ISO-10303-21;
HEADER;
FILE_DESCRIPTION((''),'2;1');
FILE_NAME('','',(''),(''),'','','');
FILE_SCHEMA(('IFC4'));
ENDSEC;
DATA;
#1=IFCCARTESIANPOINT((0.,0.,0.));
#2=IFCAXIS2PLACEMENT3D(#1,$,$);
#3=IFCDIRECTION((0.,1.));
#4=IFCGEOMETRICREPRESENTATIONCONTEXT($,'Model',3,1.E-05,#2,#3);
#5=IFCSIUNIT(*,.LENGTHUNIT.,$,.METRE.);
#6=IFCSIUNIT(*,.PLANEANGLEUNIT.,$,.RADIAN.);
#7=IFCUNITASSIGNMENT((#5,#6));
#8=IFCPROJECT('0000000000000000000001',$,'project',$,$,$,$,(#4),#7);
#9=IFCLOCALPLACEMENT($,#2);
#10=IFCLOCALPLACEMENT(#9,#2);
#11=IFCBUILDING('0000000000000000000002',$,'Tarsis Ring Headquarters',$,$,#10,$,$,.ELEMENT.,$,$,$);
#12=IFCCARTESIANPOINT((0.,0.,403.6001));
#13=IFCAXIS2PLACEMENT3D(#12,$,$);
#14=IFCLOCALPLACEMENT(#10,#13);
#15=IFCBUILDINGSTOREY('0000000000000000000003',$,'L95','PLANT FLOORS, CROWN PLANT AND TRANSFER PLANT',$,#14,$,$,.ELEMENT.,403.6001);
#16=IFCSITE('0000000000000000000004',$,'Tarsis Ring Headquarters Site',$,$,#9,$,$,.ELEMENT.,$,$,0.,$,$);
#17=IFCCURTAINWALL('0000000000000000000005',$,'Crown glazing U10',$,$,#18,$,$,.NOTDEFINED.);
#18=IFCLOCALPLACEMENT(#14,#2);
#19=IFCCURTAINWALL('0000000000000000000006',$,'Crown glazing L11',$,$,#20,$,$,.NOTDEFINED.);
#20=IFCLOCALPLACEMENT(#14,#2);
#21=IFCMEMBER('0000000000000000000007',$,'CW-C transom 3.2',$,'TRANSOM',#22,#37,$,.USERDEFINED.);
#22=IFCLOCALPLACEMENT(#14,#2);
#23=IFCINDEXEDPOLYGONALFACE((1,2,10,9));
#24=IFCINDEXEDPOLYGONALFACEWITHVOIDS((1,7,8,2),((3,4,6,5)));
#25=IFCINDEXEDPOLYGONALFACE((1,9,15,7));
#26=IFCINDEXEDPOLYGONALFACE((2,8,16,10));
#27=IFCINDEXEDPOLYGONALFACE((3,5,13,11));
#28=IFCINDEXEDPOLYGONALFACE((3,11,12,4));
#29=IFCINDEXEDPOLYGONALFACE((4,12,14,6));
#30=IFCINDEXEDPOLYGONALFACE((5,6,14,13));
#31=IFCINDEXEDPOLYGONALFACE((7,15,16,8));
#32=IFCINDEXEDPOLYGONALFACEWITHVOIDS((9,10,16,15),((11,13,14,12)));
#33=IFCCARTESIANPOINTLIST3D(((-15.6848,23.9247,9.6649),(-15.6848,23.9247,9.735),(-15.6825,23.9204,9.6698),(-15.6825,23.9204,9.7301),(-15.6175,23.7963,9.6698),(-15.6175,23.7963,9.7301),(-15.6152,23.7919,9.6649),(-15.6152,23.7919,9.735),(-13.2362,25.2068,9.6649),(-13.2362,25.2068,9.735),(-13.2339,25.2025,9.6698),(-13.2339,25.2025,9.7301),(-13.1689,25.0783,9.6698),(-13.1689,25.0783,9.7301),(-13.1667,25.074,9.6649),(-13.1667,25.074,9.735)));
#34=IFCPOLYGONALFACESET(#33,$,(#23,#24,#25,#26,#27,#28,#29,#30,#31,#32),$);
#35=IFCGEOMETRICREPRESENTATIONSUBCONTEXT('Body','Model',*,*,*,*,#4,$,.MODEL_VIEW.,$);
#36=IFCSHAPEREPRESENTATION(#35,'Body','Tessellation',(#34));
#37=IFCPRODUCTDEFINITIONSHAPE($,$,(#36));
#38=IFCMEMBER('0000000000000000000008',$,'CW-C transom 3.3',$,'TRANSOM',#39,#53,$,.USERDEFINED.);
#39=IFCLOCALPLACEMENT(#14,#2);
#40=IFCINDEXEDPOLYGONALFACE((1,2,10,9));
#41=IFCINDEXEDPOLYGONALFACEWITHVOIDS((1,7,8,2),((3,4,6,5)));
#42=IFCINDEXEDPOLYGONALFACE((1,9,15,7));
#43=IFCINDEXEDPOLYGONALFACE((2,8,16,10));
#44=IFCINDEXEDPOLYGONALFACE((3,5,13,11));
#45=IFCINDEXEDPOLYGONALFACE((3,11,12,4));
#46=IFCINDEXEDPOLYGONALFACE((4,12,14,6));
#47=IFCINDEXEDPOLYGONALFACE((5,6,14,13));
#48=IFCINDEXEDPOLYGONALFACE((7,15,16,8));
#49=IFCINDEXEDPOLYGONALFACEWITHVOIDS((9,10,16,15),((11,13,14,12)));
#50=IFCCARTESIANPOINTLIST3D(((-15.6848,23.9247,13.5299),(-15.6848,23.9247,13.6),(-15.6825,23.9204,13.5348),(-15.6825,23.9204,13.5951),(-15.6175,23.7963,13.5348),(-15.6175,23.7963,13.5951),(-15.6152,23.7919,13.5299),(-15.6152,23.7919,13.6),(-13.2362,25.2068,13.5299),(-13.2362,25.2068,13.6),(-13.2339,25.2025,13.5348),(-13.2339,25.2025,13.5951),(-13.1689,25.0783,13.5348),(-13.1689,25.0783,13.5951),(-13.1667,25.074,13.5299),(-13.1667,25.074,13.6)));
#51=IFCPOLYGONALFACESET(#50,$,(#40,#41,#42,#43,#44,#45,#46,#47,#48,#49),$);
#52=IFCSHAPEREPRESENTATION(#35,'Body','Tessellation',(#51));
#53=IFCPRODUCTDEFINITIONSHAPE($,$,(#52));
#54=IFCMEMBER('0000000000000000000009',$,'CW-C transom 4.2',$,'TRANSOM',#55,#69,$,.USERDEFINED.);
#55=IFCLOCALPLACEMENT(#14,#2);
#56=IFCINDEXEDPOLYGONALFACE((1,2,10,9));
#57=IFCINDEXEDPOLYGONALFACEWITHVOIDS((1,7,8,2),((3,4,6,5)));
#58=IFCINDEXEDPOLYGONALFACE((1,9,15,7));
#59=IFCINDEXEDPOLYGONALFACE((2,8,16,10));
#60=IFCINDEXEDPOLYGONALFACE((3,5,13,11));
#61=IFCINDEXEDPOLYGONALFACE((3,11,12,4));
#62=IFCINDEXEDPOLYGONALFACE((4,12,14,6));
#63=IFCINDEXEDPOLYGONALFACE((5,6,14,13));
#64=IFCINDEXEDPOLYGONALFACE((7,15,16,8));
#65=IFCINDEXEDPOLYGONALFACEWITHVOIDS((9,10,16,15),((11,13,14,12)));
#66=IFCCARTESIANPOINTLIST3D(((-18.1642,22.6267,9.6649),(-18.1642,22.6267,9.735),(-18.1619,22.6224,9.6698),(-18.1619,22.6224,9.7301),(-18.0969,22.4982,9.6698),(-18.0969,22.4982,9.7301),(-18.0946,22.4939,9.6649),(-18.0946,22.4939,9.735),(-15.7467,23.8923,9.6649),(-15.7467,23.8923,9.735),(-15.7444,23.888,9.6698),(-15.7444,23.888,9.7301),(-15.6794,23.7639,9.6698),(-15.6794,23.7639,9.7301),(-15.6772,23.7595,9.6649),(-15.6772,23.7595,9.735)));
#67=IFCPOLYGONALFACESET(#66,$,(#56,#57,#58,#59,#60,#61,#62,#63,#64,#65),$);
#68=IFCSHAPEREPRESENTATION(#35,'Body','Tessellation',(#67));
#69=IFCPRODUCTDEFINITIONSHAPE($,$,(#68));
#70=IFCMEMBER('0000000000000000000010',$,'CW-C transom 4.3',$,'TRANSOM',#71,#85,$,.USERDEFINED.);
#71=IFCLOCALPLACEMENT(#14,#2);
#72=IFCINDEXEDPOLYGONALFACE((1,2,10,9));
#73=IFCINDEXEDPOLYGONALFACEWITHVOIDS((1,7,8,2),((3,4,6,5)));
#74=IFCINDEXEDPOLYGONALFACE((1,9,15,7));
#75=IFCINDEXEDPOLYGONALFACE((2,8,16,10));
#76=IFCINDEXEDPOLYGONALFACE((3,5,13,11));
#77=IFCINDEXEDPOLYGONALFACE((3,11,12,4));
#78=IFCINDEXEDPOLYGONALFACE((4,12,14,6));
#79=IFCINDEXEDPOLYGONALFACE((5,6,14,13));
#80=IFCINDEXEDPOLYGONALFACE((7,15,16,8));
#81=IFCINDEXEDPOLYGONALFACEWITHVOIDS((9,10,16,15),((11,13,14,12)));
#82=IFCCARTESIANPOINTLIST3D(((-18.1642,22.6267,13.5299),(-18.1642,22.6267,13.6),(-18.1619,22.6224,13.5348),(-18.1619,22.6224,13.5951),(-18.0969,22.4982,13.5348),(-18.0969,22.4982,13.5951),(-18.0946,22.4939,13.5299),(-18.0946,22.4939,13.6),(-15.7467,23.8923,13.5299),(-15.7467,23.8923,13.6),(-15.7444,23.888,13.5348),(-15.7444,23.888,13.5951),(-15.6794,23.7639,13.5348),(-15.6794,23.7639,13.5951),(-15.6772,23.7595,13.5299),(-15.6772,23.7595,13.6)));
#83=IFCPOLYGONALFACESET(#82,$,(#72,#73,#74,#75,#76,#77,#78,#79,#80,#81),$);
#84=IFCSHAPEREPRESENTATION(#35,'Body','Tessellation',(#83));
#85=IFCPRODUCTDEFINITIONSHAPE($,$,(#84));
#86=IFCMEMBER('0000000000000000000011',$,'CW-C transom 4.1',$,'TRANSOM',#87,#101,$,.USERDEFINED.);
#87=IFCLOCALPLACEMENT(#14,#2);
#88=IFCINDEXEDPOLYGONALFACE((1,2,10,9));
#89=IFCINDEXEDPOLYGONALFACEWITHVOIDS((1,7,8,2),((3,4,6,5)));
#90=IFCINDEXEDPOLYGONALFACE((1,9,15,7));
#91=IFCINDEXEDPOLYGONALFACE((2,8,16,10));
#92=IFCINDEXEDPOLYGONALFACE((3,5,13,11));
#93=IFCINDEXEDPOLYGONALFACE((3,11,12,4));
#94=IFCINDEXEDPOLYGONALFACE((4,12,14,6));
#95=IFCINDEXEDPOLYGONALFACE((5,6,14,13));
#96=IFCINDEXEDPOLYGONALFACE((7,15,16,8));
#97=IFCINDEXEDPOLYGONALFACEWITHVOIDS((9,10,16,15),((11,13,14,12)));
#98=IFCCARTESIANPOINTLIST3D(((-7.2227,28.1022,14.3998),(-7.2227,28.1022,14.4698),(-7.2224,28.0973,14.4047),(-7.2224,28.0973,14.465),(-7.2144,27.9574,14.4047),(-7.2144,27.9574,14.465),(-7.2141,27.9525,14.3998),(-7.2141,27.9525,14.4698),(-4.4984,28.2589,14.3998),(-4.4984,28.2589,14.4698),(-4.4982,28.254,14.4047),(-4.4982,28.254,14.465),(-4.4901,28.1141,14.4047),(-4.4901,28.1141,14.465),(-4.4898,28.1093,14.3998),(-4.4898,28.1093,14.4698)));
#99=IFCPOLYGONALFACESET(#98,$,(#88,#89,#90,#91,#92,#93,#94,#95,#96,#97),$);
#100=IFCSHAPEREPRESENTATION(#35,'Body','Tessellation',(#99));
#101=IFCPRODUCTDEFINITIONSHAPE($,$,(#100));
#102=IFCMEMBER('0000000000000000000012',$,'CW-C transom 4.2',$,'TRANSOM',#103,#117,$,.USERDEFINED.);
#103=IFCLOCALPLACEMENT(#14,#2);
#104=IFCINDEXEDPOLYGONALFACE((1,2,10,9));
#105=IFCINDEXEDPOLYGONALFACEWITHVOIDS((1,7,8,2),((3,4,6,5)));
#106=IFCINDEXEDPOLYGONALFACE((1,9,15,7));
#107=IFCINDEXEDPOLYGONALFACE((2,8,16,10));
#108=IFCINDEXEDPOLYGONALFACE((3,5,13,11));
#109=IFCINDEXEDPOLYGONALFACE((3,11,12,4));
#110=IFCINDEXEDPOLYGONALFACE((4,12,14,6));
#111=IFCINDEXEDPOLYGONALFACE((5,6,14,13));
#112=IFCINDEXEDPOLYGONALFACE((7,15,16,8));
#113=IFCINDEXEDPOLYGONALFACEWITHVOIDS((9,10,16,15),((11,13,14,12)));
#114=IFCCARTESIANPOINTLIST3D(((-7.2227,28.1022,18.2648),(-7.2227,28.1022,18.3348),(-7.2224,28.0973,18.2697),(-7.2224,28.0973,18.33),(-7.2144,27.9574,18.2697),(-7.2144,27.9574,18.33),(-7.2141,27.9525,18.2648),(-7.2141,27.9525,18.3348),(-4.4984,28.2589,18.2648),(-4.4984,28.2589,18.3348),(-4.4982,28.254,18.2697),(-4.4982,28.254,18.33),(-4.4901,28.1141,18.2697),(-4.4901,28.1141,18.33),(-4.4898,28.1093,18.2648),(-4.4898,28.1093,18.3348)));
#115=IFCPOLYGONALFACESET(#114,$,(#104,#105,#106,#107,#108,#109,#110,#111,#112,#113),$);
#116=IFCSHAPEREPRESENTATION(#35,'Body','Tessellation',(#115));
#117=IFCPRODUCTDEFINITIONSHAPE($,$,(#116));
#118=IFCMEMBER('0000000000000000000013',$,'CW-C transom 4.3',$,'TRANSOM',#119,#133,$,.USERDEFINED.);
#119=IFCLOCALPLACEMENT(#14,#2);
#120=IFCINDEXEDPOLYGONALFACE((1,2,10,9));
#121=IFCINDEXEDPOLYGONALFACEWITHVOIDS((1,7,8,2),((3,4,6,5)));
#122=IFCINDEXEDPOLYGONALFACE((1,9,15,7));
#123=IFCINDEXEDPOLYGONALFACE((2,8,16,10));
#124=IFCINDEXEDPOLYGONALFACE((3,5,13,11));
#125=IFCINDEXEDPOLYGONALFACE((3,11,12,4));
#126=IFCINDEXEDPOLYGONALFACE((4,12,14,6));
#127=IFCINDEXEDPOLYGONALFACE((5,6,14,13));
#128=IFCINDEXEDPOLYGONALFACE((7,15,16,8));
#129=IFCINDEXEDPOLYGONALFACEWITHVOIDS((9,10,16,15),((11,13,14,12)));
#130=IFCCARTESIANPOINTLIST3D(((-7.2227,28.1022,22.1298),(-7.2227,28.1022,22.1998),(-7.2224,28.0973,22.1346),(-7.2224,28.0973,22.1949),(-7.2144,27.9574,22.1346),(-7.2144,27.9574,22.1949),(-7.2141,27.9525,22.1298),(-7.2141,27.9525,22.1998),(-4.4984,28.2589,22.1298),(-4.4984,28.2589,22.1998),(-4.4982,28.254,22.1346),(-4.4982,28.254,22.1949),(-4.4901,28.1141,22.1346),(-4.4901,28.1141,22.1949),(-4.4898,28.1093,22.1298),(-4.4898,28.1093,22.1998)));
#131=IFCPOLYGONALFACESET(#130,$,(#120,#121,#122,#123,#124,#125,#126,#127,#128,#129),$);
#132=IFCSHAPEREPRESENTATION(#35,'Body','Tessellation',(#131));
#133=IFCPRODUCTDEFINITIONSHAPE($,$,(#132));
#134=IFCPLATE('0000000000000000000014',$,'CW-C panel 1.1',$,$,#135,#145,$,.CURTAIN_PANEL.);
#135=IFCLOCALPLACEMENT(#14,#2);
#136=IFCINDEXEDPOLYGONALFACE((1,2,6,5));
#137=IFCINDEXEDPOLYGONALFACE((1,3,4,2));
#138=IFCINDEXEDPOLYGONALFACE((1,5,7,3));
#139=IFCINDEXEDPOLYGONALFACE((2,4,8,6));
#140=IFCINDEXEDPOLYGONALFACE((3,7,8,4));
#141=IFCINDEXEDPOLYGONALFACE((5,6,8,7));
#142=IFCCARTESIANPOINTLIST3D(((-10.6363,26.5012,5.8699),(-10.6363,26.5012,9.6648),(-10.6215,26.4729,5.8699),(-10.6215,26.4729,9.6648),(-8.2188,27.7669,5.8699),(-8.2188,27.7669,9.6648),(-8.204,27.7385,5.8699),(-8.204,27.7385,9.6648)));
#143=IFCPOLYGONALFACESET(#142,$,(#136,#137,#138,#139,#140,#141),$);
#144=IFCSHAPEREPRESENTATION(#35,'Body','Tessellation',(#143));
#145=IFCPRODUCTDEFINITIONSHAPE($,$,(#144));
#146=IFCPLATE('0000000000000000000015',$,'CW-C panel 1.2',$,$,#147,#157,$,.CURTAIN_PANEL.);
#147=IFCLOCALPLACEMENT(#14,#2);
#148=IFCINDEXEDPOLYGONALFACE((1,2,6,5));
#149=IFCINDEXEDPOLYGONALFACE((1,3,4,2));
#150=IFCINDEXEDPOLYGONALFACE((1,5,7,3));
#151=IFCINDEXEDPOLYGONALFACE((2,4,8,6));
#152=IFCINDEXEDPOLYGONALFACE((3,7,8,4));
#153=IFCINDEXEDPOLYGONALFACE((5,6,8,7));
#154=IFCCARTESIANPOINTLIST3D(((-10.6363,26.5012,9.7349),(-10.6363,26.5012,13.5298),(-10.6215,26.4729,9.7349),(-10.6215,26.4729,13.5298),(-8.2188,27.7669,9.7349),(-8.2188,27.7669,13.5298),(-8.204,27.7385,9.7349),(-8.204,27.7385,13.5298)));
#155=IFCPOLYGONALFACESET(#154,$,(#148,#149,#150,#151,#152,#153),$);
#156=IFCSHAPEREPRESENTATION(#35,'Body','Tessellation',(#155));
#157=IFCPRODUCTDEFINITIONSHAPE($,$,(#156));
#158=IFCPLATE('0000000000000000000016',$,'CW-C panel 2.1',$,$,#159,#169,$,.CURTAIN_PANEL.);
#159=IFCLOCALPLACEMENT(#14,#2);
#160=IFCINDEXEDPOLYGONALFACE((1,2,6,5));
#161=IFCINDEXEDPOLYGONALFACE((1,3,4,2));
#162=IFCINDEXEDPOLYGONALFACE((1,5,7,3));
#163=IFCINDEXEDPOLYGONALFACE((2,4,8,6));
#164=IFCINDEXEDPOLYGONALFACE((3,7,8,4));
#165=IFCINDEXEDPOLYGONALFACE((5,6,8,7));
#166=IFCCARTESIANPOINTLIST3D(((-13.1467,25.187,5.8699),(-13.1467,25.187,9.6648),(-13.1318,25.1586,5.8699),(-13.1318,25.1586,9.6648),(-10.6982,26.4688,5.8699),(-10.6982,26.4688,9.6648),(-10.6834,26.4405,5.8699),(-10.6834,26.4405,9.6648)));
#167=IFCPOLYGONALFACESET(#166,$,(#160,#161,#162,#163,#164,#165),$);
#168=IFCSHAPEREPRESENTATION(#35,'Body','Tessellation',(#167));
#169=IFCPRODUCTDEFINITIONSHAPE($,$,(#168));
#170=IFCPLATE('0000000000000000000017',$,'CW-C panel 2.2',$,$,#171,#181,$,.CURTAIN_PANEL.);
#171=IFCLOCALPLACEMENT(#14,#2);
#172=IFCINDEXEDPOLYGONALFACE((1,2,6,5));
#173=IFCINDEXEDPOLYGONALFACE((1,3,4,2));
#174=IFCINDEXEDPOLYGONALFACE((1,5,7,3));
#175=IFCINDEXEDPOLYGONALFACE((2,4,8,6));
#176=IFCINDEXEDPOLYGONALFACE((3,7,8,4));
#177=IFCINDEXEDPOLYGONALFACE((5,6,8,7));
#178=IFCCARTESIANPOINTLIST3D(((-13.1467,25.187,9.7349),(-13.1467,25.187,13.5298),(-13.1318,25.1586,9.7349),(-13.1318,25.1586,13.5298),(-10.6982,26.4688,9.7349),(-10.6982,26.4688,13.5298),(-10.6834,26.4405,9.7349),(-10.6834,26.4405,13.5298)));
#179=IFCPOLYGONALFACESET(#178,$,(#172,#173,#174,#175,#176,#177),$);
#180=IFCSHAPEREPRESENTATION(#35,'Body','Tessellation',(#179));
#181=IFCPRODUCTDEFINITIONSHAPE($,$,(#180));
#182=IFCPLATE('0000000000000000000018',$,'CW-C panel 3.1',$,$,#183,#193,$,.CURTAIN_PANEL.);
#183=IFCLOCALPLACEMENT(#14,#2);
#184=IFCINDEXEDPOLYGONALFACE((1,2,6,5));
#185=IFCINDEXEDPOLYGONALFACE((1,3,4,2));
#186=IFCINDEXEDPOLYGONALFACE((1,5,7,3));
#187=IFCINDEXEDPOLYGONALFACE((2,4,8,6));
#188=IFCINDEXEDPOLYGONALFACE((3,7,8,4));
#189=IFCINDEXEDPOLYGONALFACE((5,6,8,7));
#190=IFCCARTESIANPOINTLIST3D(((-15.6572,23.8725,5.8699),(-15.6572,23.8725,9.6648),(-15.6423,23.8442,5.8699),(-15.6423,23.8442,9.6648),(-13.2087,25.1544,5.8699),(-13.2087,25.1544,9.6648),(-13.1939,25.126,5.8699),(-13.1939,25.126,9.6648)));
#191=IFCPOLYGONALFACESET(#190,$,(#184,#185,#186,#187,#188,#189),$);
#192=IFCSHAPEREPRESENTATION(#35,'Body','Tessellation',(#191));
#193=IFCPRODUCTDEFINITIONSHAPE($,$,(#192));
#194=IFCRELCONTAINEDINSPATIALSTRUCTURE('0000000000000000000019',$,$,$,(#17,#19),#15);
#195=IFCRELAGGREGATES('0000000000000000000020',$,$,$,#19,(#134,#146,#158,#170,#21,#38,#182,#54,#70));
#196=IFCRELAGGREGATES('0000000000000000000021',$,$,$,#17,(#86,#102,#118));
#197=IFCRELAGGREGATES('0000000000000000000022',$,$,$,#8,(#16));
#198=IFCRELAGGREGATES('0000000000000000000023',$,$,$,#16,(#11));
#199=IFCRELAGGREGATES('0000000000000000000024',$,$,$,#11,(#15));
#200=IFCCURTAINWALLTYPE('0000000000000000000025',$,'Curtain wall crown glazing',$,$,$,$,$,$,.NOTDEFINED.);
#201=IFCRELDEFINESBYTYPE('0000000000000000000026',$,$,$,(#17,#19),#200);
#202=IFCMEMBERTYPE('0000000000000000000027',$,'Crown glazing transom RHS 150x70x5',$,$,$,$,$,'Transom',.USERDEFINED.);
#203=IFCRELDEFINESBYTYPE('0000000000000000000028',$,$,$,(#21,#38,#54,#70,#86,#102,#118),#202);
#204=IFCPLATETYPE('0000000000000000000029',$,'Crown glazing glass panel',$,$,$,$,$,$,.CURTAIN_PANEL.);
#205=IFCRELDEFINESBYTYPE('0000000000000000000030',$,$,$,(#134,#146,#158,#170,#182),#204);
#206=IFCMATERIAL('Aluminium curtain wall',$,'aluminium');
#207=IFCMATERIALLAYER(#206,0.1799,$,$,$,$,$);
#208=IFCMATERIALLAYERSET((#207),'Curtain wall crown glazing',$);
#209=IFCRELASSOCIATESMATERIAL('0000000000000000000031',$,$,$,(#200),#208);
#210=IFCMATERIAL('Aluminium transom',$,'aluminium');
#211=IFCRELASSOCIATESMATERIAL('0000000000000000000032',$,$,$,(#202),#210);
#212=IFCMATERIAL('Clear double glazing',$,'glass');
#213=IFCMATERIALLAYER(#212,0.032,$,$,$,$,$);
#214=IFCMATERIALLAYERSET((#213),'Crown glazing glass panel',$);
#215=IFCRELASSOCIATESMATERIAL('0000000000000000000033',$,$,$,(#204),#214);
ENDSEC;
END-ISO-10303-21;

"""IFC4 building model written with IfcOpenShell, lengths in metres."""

from ifc_helpers import new_model, si_unit, direction, frame, origin, origin_2d, place, context, subcontext, project, spatial, rectangle, hollow_rectangle, extrude, material, layer, layer_set, material_profile, profile_set, type_object, element, aggregate, save


model = new_model("IFC4")

# Units and contexts
model_context = context("Model", 3, precision=1e-05, world=origin(), true_north=direction((0.0, 1.0)))
body_context = subcontext(model_context, "Body", "Model", "MODEL_VIEW")
ifc_project = project(units=[si_unit("LENGTHUNIT", "METRE"), si_unit("PLANEANGLEUNIT", "RADIAN")], contexts=[model_context])

# Site, building, storey
site_placement = place(None, origin())
site = spatial("IfcSite", under=ifc_project, at=site_placement, Name="Tarsis Ring Headquarters Site", CompositionType="ELEMENT", RefElevation=0.0)
building_placement = place(site_placement, origin())
building = spatial("IfcBuilding", under=site, at=building_placement, Name="Tarsis Ring Headquarters", CompositionType="ELEMENT")
storey_placement = place(building_placement, frame((0.0, 0.0, 403.6001)))
storey = spatial("IfcBuildingStorey", under=building, at=storey_placement, Name="L95", Description="PLANT FLOORS, CROWN PLANT AND TRANSFER PLANT", CompositionType="ELEMENT", Elevation=403.6001)

# Curtain walls, members
ifc_material_1 = material(Name="Aluminium curtain wall", Category="aluminium")
ifc_layer_1 = layer(ifc_material_1, 0.1799)
ifc_layer_set_1 = layer_set([ifc_layer_1], Name="Curtain wall crown glazing")
curtain_wall_type = type_object("IfcCurtainWallType", Name="Curtain wall crown glazing", PredefinedType="NOTDEFINED", material=ifc_layer_set_1)
curtain_wall_1_placement = place(storey_placement, origin())
curtain_wall_1 = element("IfcCurtainWall", 1, at=curtain_wall_1_placement, inside=storey, type_object=curtain_wall_type, Name="Crown glazing U10", PredefinedType="NOTDEFINED")
curtain_wall_2_placement = place(storey_placement, origin())
curtain_wall_2 = element("IfcCurtainWall", 2, at=curtain_wall_2_placement, inside=storey, type_object=curtain_wall_type, Name="Crown glazing L11", PredefinedType="NOTDEFINED")
ifc_material_2 = material(Name="Aluminium transom", Category="aluminium")
ifc_material_profile_1 = material_profile(ifc_material_2, hollow_rectangle(XDim=0.1499, YDim=0.0701, WallThickness=0.0049, at=origin_2d()), Name="RHS 150x70x5")
ifc_profile_set_1 = profile_set([ifc_material_profile_1], Name="Aluminium transom")
member_type_1 = type_object("IfcMemberType", Name="Crown glazing transom RHS 150x70x5", ElementType="Transom", PredefinedType="USERDEFINED", material=ifc_profile_set_1)
member_1_placement = place(storey_placement, frame((-13.2014, 25.1404, 9.7), z_axis=(-0.885915, -0.463849, 0.0), x_axis=(0.463849, -0.885915, 0.0)))
member_1 = element("IfcMember", 3, at=member_1_placement, type_object=member_type_1, Name="CW-C transom 3.2", ObjectType="TRANSOM", PredefinedType="USERDEFINED", context=body_context, shape_type="SweptSolid", body=[
    extrude(hollow_rectangle(XDim=0.1499, YDim=0.0701, WallThickness=0.0049, at=origin_2d()), origin(), (0.0, 0.0, 1.0), 2.7639),
])
member_2_placement = place(storey_placement, frame((-13.2014, 25.1404, 13.5649), z_axis=(-0.885915, -0.463849, 0.0), x_axis=(0.463849, -0.885915, 0.0)))
member_2 = element("IfcMember", 4, at=member_2_placement, type_object=member_type_1, Name="CW-C transom 3.3", ObjectType="TRANSOM", PredefinedType="USERDEFINED", context=body_context, shape_type="SweptSolid", body=[
    extrude(hollow_rectangle(XDim=0.1499, YDim=0.0701, WallThickness=0.0049, at=origin_2d()), origin(), (0.0, 0.0, 1.0), 2.7639),
])
member_3_placement = place(storey_placement, frame((-15.7119, 23.8259, 9.7), z_axis=(-0.885933, -0.463813, 0.0), x_axis=(0.463813, -0.885933, 0.0)))
member_3 = element("IfcMember", 5, at=member_3_placement, type_object=member_type_1, Name="CW-C transom 4.2", ObjectType="TRANSOM", PredefinedType="USERDEFINED", context=body_context, shape_type="SweptSolid", body=[
    extrude(hollow_rectangle(XDim=0.1499, YDim=0.0701, WallThickness=0.0049, at=origin_2d()), origin(), (0.0, 0.0, 1.0), 2.7288),
])
member_4_placement = place(storey_placement, frame((-15.7119, 23.8259, 13.5649), z_axis=(-0.885933, -0.463813, 0.0), x_axis=(0.463813, -0.885933, 0.0)))
member_4 = element("IfcMember", 6, at=member_4_placement, type_object=member_type_1, Name="CW-C transom 4.3", ObjectType="TRANSOM", PredefinedType="USERDEFINED", context=body_context, shape_type="SweptSolid", body=[
    extrude(hollow_rectangle(XDim=0.1499, YDim=0.0701, WallThickness=0.0049, at=origin_2d()), origin(), (0.0, 0.0, 1.0), 2.7288),
])

# Members
member_5_placement = place(storey_placement, frame((-4.4941, 28.1841, 14.4348), z_axis=(-0.998349, -0.057437, 0.0), x_axis=(0.057437, -0.998349, 0.0)))
member_5 = element("IfcMember", 7, at=member_5_placement, type_object=member_type_1, Name="CW-C transom 4.1", ObjectType="TRANSOM", PredefinedType="USERDEFINED", context=body_context, shape_type="SweptSolid", body=[
    extrude(hollow_rectangle(XDim=0.1499, YDim=0.0701, WallThickness=0.0049, at=origin_2d()), origin(), (0.0, 0.0, 1.0), 2.7288),
])
member_6_placement = place(storey_placement, frame((-4.4941, 28.1841, 18.2998), z_axis=(-0.998349, -0.057437, 0.0), x_axis=(0.057437, -0.998349, 0.0)))
member_6 = element("IfcMember", 8, at=member_6_placement, type_object=member_type_1, Name="CW-C transom 4.2", ObjectType="TRANSOM", PredefinedType="USERDEFINED", context=body_context, shape_type="SweptSolid", body=[
    extrude(hollow_rectangle(XDim=0.1499, YDim=0.0701, WallThickness=0.0049, at=origin_2d()), origin(), (0.0, 0.0, 1.0), 2.7288),
])
member_7_placement = place(storey_placement, frame((-4.4941, 28.1841, 22.1648), z_axis=(-0.998349, -0.057437, 0.0), x_axis=(0.057437, -0.998349, 0.0)))
member_7 = element("IfcMember", 9, at=member_7_placement, type_object=member_type_1, Name="CW-C transom 4.3", ObjectType="TRANSOM", PredefinedType="USERDEFINED", context=body_context, shape_type="SweptSolid", body=[
    extrude(hollow_rectangle(XDim=0.1499, YDim=0.0701, WallThickness=0.0049, at=origin_2d()), origin(), (0.0, 0.0, 1.0), 2.7288),
])

# Plates
ifc_material_3 = material(Name="Clear double glazing", Category="glass")
ifc_layer_2 = layer(ifc_material_3, 0.032)
ifc_layer_set_2 = layer_set([ifc_layer_2], Name="Crown glazing glass panel")
plate_type = type_object("IfcPlateType", Name="Crown glazing glass panel", PredefinedType="CURTAIN_PANEL", material=ifc_layer_set_2)
plate_1_placement = place(storey_placement, frame((-9.4202, 27.1199, 5.8699), z_axis=(0.0, 0.0, 1.0), x_axis=(-0.885931, -0.463818, 0.0)))
plate_1 = element("IfcPlate", 10, at=plate_1_placement, type_object=plate_type, Name="CW-C panel 1.1", PredefinedType="CURTAIN_PANEL", context=body_context, shape_type="SweptSolid", body=[
    extrude(rectangle(XDim=2.7288, YDim=0.032, at=origin_2d()), origin(), (0.0, 0.0, 1.0), 3.7949),
])
plate_2_placement = place(storey_placement, frame((-9.4202, 27.1199, 9.7349), z_axis=(0.0, 0.0, 1.0), x_axis=(-0.885931, -0.463818, 0.0)))
plate_2 = element("IfcPlate", 11, at=plate_2_placement, type_object=plate_type, Name="CW-C panel 1.2", PredefinedType="CURTAIN_PANEL", context=body_context, shape_type="SweptSolid", body=[
    extrude(rectangle(XDim=2.7288, YDim=0.032, at=origin_2d()), origin(), (0.0, 0.0, 1.0), 3.7949),
])
plate_3_placement = place(storey_placement, frame((-11.915, 25.8137, 5.8699), z_axis=(0.0, 0.0, 1.0), x_axis=(-0.885931, -0.463818, 0.0)))
plate_3 = element("IfcPlate", 12, at=plate_3_placement, type_object=plate_type, Name="CW-C panel 2.1", PredefinedType="CURTAIN_PANEL", context=body_context, shape_type="SweptSolid", body=[
    extrude(rectangle(XDim=2.7637, YDim=0.032, at=origin_2d()), origin(), (0.0, 0.0, 1.0), 3.7949),
])
plate_4_placement = place(storey_placement, frame((-11.915, 25.8137, 9.7349), z_axis=(0.0, 0.0, 1.0), x_axis=(-0.885931, -0.463818, 0.0)))
plate_4 = element("IfcPlate", 13, at=plate_4_placement, type_object=plate_type, Name="CW-C panel 2.2", PredefinedType="CURTAIN_PANEL", context=body_context, shape_type="SweptSolid", body=[
    extrude(rectangle(XDim=2.7637, YDim=0.032, at=origin_2d()), origin(), (0.0, 0.0, 1.0), 3.7949),
])
plate_5_placement = place(storey_placement, frame((-14.4255, 24.4993, 5.8699), z_axis=(0.0, 0.0, 1.0), x_axis=(-0.885931, -0.463818, 0.0)))
plate_5 = element("IfcPlate", 14, at=plate_5_placement, type_object=plate_type, Name="CW-C panel 3.1", PredefinedType="CURTAIN_PANEL", context=body_context, shape_type="SweptSolid", body=[
    extrude(rectangle(XDim=2.7637, YDim=0.032, at=origin_2d()), origin(), (0.0, 0.0, 1.0), 3.7949),
])
aggregate(curtain_wall_2, [plate_1, plate_2, plate_3, plate_4, member_1, member_2, plate_5, member_3, member_4])
aggregate(curtain_wall_1, [member_5, member_6, member_7])

save(model, "model.ifc")
